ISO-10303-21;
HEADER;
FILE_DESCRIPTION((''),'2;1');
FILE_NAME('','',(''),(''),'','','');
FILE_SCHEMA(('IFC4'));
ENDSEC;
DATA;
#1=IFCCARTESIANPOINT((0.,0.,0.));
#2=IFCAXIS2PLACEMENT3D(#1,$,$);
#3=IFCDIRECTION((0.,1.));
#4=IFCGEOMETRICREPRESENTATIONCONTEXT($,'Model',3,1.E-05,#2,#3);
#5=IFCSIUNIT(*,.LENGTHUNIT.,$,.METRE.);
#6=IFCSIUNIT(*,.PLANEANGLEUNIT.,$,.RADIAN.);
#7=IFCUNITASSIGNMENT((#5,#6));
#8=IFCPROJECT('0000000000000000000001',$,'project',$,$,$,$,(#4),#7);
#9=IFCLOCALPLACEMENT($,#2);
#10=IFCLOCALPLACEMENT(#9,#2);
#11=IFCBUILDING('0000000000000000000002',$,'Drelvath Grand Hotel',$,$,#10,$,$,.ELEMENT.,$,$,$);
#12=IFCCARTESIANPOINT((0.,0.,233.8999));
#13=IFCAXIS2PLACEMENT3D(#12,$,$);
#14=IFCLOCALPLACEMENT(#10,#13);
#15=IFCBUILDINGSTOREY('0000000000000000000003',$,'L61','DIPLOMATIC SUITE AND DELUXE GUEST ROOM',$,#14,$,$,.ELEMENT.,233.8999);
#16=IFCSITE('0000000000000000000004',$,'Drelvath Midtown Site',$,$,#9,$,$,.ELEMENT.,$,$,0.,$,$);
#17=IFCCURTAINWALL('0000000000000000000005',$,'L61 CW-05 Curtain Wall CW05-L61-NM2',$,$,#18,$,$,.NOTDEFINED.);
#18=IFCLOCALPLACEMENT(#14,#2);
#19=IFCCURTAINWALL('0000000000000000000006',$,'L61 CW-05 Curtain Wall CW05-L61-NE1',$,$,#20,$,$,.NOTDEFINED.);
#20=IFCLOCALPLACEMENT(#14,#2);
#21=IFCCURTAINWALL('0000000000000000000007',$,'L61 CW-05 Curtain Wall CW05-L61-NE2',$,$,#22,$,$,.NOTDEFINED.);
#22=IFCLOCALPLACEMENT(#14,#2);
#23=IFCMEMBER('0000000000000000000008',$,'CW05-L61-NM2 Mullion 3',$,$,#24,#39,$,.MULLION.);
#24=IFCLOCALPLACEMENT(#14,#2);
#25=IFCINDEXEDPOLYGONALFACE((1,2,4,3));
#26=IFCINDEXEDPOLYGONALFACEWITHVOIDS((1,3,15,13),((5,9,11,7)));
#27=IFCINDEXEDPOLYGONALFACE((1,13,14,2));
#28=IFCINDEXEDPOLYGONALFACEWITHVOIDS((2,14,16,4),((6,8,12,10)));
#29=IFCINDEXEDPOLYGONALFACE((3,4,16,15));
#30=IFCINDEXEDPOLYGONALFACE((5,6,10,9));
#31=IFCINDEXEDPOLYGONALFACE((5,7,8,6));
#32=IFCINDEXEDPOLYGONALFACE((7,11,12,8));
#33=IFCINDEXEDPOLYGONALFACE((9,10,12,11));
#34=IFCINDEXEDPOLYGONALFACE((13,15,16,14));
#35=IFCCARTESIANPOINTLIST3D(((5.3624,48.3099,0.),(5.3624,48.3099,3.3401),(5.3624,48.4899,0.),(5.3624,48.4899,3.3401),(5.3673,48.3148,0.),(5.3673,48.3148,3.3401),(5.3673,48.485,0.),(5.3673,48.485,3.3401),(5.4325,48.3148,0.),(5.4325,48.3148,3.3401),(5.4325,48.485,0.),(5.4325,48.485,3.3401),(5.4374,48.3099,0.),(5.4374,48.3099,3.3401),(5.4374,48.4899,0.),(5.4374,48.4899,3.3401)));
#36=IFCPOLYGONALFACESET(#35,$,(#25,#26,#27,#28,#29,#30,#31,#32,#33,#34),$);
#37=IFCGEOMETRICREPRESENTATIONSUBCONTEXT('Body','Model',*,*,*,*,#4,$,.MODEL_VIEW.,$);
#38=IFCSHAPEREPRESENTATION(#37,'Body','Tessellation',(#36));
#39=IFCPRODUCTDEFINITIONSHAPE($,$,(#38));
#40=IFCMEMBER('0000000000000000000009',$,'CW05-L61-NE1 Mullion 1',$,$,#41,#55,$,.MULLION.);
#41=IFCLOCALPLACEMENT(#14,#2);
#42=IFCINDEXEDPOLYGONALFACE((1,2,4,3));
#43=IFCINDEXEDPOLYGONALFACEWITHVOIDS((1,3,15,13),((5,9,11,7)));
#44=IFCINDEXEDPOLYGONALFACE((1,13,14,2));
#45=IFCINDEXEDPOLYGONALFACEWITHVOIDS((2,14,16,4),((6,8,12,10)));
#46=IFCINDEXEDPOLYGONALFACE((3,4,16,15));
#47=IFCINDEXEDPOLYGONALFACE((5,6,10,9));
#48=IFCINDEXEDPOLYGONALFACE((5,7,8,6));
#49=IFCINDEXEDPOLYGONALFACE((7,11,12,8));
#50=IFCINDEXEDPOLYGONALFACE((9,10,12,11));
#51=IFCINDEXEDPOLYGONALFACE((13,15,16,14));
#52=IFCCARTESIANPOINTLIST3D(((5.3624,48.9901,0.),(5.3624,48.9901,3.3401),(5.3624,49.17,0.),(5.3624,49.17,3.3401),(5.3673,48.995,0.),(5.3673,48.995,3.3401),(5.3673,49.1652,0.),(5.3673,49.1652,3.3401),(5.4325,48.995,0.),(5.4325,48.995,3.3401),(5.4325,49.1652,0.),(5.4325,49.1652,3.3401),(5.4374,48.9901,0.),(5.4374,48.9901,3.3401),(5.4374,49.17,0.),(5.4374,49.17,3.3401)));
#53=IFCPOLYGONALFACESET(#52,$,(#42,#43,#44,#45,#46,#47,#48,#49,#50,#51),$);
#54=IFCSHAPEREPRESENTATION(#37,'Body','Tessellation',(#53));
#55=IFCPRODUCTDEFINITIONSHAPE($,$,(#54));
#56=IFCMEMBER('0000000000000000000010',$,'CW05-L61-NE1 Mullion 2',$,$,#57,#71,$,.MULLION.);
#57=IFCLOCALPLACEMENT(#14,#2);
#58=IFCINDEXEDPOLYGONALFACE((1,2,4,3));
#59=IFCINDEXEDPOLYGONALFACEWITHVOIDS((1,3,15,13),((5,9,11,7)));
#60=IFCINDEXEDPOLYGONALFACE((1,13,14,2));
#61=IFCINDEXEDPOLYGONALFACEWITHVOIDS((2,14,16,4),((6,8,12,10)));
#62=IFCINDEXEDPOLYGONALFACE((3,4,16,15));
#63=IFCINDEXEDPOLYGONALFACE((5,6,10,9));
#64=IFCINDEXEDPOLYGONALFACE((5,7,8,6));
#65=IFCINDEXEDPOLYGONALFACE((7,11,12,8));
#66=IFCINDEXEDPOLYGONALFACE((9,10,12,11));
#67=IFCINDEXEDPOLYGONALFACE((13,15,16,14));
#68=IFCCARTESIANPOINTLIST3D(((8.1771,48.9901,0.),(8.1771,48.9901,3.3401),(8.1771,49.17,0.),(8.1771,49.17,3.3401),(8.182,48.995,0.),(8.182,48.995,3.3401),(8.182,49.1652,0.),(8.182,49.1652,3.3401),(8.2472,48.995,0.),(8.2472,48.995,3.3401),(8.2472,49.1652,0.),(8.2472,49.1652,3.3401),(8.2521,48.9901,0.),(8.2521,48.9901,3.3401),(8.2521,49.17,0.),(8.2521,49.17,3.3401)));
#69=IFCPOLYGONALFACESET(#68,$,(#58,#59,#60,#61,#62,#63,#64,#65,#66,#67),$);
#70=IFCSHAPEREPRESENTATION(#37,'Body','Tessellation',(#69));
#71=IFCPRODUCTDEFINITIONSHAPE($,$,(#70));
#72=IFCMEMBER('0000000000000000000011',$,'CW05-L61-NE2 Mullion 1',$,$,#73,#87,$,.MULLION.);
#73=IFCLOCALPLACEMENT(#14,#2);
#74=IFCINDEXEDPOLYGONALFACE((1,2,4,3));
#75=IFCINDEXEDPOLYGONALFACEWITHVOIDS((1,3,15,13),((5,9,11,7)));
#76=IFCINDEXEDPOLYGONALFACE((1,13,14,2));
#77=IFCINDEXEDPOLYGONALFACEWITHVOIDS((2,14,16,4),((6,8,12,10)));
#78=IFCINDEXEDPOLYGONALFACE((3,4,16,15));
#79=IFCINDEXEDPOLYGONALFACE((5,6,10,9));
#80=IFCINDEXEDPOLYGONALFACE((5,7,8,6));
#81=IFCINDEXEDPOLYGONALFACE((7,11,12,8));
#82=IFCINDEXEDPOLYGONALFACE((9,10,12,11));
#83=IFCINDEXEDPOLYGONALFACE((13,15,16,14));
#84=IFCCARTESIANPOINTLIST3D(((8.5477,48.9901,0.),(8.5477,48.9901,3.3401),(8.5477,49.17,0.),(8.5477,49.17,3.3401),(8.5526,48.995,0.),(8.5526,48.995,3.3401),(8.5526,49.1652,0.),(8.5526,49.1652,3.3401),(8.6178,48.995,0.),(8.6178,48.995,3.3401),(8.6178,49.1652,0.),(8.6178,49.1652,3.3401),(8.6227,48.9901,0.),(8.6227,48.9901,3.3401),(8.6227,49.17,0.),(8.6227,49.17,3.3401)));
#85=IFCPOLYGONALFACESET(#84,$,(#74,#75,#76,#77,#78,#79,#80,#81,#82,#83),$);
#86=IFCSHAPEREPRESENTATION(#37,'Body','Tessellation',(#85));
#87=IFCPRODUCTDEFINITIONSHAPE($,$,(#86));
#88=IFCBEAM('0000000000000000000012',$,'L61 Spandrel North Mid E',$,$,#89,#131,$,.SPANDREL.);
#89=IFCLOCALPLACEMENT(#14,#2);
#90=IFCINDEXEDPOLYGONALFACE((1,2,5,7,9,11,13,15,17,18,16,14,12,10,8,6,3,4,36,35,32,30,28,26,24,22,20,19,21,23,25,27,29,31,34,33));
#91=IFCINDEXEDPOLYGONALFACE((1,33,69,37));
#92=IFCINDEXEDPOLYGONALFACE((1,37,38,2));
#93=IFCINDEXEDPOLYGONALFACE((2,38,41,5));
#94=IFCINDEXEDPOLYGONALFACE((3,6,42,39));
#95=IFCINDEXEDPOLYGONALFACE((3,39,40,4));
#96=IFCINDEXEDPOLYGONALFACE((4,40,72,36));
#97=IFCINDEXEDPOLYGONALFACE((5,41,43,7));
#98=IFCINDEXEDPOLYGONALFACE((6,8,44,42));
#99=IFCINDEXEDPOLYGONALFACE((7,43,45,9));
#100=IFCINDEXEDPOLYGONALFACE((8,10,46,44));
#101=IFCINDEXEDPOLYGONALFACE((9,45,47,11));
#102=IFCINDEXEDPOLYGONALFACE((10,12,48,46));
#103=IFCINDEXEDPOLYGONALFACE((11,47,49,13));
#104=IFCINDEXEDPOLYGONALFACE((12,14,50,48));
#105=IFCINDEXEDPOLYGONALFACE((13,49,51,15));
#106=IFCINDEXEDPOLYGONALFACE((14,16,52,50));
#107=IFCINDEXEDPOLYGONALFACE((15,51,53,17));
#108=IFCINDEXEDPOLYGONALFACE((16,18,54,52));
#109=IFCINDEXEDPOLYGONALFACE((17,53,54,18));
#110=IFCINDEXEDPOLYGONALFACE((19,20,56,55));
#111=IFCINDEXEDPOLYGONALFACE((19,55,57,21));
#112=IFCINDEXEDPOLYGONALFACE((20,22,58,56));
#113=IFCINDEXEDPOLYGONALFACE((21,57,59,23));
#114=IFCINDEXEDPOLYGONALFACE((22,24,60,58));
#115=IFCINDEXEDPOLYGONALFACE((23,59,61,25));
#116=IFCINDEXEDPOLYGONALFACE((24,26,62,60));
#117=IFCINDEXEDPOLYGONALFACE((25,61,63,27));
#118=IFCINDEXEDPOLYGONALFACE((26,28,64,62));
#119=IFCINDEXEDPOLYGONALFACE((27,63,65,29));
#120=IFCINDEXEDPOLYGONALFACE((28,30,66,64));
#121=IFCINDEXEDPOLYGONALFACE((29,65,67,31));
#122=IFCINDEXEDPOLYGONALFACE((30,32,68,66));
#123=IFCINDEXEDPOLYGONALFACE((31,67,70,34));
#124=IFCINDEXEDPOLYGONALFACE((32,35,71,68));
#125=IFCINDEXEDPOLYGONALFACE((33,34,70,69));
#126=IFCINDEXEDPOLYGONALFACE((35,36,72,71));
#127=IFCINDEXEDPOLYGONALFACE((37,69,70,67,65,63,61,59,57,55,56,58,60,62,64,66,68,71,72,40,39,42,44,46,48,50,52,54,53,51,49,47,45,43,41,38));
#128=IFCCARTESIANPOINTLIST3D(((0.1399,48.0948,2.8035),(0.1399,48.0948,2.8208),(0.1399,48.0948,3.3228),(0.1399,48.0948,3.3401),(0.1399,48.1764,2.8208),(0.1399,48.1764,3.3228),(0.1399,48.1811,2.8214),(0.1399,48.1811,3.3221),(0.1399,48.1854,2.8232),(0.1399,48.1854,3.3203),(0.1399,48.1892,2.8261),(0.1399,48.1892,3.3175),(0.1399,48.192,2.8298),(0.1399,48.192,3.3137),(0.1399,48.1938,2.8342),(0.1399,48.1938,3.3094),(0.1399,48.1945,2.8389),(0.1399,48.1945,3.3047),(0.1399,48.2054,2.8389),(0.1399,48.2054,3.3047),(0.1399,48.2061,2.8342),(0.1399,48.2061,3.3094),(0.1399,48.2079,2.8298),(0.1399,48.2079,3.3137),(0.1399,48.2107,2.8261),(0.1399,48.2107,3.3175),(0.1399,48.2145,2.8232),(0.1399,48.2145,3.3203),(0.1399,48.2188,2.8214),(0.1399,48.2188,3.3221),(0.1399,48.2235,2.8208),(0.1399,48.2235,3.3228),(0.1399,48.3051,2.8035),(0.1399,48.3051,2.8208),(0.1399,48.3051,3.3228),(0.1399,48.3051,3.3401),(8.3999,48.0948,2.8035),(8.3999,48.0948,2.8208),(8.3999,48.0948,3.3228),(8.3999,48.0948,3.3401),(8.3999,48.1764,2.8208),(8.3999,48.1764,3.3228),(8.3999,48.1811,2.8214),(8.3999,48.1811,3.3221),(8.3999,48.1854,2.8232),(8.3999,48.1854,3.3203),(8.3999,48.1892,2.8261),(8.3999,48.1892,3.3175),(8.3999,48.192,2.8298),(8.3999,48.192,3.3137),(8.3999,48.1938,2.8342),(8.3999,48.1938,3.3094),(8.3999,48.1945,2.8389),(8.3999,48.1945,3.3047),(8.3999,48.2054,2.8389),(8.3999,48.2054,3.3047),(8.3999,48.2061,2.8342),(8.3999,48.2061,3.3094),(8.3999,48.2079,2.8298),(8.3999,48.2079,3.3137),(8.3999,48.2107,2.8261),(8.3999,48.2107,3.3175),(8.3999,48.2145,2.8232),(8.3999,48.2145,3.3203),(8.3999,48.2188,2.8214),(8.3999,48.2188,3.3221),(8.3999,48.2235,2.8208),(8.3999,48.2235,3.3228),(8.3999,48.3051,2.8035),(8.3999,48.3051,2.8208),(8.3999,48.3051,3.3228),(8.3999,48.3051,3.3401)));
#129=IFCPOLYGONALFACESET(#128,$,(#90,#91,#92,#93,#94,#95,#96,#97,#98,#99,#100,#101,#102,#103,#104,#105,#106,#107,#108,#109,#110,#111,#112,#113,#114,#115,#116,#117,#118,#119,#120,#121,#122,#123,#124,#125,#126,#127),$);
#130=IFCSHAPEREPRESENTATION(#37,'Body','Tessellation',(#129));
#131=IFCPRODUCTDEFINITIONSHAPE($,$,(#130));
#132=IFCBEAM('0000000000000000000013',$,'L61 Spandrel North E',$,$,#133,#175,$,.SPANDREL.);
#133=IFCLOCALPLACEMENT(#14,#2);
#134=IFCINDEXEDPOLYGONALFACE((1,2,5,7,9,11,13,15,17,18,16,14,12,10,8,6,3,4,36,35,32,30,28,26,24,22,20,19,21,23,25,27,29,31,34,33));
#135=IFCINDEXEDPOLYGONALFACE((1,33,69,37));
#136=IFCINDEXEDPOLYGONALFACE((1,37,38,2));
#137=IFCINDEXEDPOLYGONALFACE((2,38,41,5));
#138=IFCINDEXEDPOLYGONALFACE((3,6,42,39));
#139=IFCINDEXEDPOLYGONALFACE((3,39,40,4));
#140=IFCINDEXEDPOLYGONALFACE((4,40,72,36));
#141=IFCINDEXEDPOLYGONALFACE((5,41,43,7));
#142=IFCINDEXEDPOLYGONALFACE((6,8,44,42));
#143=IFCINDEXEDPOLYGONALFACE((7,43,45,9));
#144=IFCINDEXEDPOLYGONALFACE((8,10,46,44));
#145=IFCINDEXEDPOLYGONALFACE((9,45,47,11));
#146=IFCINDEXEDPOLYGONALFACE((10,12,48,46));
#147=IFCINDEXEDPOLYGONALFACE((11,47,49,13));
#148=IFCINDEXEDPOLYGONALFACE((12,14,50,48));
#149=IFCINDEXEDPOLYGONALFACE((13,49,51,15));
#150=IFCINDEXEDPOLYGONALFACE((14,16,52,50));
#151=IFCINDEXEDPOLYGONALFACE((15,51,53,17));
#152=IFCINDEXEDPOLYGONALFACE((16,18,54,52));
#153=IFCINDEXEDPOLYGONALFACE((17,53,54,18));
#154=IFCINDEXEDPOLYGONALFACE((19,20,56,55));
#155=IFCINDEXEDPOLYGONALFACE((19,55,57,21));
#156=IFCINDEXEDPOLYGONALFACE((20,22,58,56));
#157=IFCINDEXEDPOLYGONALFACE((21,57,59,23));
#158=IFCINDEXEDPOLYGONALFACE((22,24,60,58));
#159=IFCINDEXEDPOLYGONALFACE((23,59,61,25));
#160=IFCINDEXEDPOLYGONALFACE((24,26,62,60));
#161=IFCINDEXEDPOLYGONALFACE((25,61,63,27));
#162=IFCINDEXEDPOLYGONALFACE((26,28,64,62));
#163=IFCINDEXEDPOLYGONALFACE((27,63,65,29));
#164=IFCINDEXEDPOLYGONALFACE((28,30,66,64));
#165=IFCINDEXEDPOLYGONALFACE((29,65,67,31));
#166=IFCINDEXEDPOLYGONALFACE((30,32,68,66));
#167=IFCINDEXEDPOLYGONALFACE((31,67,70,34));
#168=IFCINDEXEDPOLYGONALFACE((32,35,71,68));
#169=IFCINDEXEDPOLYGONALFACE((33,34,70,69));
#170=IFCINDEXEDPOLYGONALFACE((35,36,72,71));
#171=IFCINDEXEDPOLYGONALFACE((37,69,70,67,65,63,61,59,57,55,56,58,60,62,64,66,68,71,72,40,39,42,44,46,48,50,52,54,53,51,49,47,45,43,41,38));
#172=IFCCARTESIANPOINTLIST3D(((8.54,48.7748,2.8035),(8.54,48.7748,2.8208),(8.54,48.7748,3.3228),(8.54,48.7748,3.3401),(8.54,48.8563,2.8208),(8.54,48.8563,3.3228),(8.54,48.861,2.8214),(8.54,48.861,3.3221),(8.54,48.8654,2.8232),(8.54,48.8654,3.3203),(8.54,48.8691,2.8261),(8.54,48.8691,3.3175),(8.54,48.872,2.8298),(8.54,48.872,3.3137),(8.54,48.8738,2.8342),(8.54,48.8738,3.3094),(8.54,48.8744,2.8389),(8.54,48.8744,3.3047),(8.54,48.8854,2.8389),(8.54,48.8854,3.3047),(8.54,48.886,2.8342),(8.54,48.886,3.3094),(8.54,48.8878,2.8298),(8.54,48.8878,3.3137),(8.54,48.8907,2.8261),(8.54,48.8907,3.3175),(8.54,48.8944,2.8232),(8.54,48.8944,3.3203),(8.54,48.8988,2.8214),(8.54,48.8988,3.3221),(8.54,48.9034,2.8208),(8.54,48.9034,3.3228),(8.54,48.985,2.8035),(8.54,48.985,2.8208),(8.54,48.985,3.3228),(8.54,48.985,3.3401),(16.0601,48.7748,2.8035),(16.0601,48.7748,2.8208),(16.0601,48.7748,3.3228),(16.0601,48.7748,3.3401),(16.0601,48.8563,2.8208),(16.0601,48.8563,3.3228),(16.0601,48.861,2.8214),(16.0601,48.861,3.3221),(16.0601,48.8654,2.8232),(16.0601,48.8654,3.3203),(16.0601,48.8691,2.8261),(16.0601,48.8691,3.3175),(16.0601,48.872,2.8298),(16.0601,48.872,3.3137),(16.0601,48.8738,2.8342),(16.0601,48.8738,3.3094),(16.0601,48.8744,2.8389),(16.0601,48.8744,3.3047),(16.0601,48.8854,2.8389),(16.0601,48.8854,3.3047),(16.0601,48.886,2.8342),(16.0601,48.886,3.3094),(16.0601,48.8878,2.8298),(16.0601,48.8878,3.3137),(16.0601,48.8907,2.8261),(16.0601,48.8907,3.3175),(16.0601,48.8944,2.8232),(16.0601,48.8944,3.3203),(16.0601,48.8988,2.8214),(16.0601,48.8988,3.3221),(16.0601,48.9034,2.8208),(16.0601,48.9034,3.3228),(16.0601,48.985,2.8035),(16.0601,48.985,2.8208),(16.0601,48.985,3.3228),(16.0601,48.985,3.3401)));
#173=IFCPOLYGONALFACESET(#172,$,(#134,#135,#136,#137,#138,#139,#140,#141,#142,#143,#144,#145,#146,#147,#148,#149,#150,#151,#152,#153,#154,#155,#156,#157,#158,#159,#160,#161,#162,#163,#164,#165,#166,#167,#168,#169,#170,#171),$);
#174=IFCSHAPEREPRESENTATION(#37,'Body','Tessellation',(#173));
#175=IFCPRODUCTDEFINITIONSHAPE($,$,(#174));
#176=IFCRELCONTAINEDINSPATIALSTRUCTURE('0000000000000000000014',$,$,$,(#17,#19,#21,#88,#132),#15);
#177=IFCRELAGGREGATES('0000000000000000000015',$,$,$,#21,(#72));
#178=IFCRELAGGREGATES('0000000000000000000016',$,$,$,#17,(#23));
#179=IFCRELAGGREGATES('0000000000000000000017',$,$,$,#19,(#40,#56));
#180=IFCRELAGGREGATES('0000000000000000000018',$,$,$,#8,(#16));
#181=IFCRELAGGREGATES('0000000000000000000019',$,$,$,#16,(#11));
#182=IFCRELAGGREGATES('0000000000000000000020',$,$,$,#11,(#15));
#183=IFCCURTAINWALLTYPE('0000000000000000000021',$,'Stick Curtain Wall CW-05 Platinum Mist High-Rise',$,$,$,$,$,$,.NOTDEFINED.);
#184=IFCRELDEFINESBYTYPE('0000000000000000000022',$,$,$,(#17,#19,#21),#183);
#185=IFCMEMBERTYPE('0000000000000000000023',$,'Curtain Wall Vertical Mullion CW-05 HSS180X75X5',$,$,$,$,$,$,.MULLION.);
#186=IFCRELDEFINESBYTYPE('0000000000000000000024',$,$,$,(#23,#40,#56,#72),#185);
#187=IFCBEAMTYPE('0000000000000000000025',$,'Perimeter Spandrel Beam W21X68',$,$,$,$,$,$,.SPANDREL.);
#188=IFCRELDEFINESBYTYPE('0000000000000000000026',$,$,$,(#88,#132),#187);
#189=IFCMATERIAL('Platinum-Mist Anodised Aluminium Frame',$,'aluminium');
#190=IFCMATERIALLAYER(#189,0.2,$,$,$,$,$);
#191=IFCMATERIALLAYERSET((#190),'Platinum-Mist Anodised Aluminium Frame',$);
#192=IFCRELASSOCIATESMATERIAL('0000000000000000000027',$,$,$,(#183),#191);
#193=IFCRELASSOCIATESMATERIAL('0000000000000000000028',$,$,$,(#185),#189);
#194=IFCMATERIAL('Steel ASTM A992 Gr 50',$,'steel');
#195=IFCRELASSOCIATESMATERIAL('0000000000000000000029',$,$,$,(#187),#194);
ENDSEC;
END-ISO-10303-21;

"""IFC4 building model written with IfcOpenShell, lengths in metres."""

from ifc_helpers import new_model, si_unit, direction, frame, origin, origin_2d, place, context, subcontext, project, spatial, hollow_rectangle, i_section, extrude, material, layer, layer_set, material_profile, profile_set, type_object, element, aggregate, save


model = new_model("IFC4")

# Units and contexts
model_context = context("Model", 3, precision=1e-05, world=origin(), true_north=direction((0.0, 1.0)))
body_context = subcontext(model_context, "Body", "Model", "MODEL_VIEW")
ifc_project = project(units=[si_unit("LENGTHUNIT", "METRE"), si_unit("PLANEANGLEUNIT", "RADIAN")], contexts=[model_context])

# Site, building, storey
site_placement = place(None, origin())
site = spatial("IfcSite", under=ifc_project, at=site_placement, Name="Drelvath Midtown Site", CompositionType="ELEMENT", RefElevation=0.0)
building_placement = place(site_placement, origin())
building = spatial("IfcBuilding", under=site, at=building_placement, Name="Drelvath Grand Hotel", CompositionType="ELEMENT")
storey_placement = place(building_placement, frame((0.0, 0.0, 233.8999)))
storey = spatial("IfcBuildingStorey", under=building, at=storey_placement, Name="L61", Description="DIPLOMATIC SUITE AND DELUXE GUEST ROOM", CompositionType="ELEMENT", Elevation=233.8999)

# Curtain walls
ifc_material_1 = material(Name="Platinum-Mist Anodised Aluminium Frame", Category="aluminium")
ifc_layer_1 = layer(ifc_material_1, 0.2)
ifc_layer_set_1 = layer_set([ifc_layer_1], Name="Platinum-Mist Anodised Aluminium Frame")
curtain_wall_type = type_object("IfcCurtainWallType", Name="Stick Curtain Wall CW-05 Platinum Mist High-Rise", PredefinedType="NOTDEFINED", material=ifc_layer_set_1)
curtain_wall_1_placement = place(storey_placement, origin())
curtain_wall_1 = element("IfcCurtainWall", 1, at=curtain_wall_1_placement, inside=storey, type_object=curtain_wall_type, Name="L61 CW-05 Curtain Wall CW05-L61-NM2", PredefinedType="NOTDEFINED")
curtain_wall_2_placement = place(storey_placement, origin())
curtain_wall_2 = element("IfcCurtainWall", 2, at=curtain_wall_2_placement, inside=storey, type_object=curtain_wall_type, Name="L61 CW-05 Curtain Wall CW05-L61-NE1", PredefinedType="NOTDEFINED")
curtain_wall_3_placement = place(storey_placement, origin())
curtain_wall_3 = element("IfcCurtainWall", 3, at=curtain_wall_3_placement, inside=storey, type_object=curtain_wall_type, Name="L61 CW-05 Curtain Wall CW05-L61-NE2", PredefinedType="NOTDEFINED")

# Members
ifc_material_profile_1 = material_profile(ifc_material_1, hollow_rectangle(XDim=0.075, YDim=0.1799, WallThickness=0.0049, at=origin_2d()), Name="HSS180X75X5")
ifc_profile_set_1 = profile_set([ifc_material_profile_1], Name="Platinum-Mist Anodised Aluminium Frame")
member_type_1 = type_object("IfcMemberType", Name="Curtain Wall Vertical Mullion CW-05 HSS180X75X5", PredefinedType="MULLION", material=ifc_profile_set_1)
member_1_placement = place(storey_placement, frame((5.3999, 48.3999, 0.0), z_axis=(0.0, 0.0, 1.0), x_axis=(1.0, 0.0, 0.0)))
member_1 = element("IfcMember", 4, at=member_1_placement, type_object=member_type_1, Name="CW05-L61-NM2 Mullion 3", PredefinedType="MULLION", context=body_context, shape_type="SweptSolid", body=[
    extrude(hollow_rectangle(XDim=0.075, YDim=0.1799, WallThickness=0.0049, at=origin_2d()), origin(), (0.0, 0.0, 1.0), 3.3401),
])
member_2_placement = place(storey_placement, frame((5.3999, 49.0801, 0.0), z_axis=(0.0, 0.0, 1.0), x_axis=(1.0, 0.0, 0.0)))
member_2 = element("IfcMember", 5, at=member_2_placement, type_object=member_type_1, Name="CW05-L61-NE1 Mullion 1", PredefinedType="MULLION", context=body_context, shape_type="SweptSolid", body=[
    extrude(hollow_rectangle(XDim=0.075, YDim=0.1799, WallThickness=0.0049, at=origin_2d()), origin(), (0.0, 0.0, 1.0), 3.3401),
])
member_3_placement = place(storey_placement, frame((8.2146, 49.0801, 0.0), z_axis=(0.0, 0.0, 1.0), x_axis=(1.0, 0.0, 0.0)))
member_3 = element("IfcMember", 6, at=member_3_placement, type_object=member_type_1, Name="CW05-L61-NE1 Mullion 2", PredefinedType="MULLION", context=body_context, shape_type="SweptSolid", body=[
    extrude(hollow_rectangle(XDim=0.075, YDim=0.1799, WallThickness=0.0049, at=origin_2d()), origin(), (0.0, 0.0, 1.0), 3.3401),
])
member_4_placement = place(storey_placement, frame((8.5852, 49.0801, 0.0), z_axis=(0.0, 0.0, 1.0), x_axis=(1.0, 0.0, 0.0)))
member_4 = element("IfcMember", 7, at=member_4_placement, type_object=member_type_1, Name="CW05-L61-NE2 Mullion 1", PredefinedType="MULLION", context=body_context, shape_type="SweptSolid", body=[
    extrude(hollow_rectangle(XDim=0.075, YDim=0.1799, WallThickness=0.0049, at=origin_2d()), origin(), (0.0, 0.0, 1.0), 3.3401),
])
aggregate(curtain_wall_3, [member_4])

# Beams
ifc_material_2 = material(Name="Steel ASTM A992 Gr 50", Category="steel")
ifc_material_profile_2 = material_profile(ifc_material_2, i_section(OverallWidth=0.2102, OverallDepth=0.5366, WebThickness=0.011, FlangeThickness=0.0173, FilletRadius=0.0181, at=origin_2d()), Name="W21X68")
ifc_profile_set_2 = profile_set([ifc_material_profile_2], Name="Steel ASTM A992 Gr 50")
beam_type_1 = type_object("IfcBeamType", Name="Perimeter Spandrel Beam W21X68", PredefinedType="SPANDREL", material=ifc_profile_set_2)
beam_1_placement = place(storey_placement, frame((0.1399, 48.2, 3.0718), z_axis=(1.0, 0.0, 0.0), x_axis=(0.0, 1.0, 0.0)))
element("IfcBeam", 8, at=beam_1_placement, inside=storey, type_object=beam_type_1, Name="L61 Spandrel North Mid E", PredefinedType="SPANDREL", context=body_context, shape_type="SweptSolid", body=[
    extrude(i_section(OverallWidth=0.2102, OverallDepth=0.5366, WebThickness=0.011, FlangeThickness=0.0173, FilletRadius=0.0181, at=origin_2d()), origin(), (0.0, 0.0, 1.0), 8.26),
])
beam_2_placement = place(storey_placement, frame((8.54, 48.8799, 3.0718), z_axis=(1.0, 0.0, 0.0), x_axis=(0.0, 1.0, 0.0)))
element("IfcBeam", 9, at=beam_2_placement, inside=storey, type_object=beam_type_1, Name="L61 Spandrel North E", PredefinedType="SPANDREL", context=body_context, shape_type="SweptSolid", body=[
    extrude(i_section(OverallWidth=0.2102, OverallDepth=0.5366, WebThickness=0.011, FlangeThickness=0.0173, FilletRadius=0.0181, at=origin_2d()), origin(), (0.0, 0.0, 1.0), 7.52),
])

aggregate(curtain_wall_1, [member_1])
aggregate(curtain_wall_2, [member_2, member_3])

save(model, "model.ifc")
